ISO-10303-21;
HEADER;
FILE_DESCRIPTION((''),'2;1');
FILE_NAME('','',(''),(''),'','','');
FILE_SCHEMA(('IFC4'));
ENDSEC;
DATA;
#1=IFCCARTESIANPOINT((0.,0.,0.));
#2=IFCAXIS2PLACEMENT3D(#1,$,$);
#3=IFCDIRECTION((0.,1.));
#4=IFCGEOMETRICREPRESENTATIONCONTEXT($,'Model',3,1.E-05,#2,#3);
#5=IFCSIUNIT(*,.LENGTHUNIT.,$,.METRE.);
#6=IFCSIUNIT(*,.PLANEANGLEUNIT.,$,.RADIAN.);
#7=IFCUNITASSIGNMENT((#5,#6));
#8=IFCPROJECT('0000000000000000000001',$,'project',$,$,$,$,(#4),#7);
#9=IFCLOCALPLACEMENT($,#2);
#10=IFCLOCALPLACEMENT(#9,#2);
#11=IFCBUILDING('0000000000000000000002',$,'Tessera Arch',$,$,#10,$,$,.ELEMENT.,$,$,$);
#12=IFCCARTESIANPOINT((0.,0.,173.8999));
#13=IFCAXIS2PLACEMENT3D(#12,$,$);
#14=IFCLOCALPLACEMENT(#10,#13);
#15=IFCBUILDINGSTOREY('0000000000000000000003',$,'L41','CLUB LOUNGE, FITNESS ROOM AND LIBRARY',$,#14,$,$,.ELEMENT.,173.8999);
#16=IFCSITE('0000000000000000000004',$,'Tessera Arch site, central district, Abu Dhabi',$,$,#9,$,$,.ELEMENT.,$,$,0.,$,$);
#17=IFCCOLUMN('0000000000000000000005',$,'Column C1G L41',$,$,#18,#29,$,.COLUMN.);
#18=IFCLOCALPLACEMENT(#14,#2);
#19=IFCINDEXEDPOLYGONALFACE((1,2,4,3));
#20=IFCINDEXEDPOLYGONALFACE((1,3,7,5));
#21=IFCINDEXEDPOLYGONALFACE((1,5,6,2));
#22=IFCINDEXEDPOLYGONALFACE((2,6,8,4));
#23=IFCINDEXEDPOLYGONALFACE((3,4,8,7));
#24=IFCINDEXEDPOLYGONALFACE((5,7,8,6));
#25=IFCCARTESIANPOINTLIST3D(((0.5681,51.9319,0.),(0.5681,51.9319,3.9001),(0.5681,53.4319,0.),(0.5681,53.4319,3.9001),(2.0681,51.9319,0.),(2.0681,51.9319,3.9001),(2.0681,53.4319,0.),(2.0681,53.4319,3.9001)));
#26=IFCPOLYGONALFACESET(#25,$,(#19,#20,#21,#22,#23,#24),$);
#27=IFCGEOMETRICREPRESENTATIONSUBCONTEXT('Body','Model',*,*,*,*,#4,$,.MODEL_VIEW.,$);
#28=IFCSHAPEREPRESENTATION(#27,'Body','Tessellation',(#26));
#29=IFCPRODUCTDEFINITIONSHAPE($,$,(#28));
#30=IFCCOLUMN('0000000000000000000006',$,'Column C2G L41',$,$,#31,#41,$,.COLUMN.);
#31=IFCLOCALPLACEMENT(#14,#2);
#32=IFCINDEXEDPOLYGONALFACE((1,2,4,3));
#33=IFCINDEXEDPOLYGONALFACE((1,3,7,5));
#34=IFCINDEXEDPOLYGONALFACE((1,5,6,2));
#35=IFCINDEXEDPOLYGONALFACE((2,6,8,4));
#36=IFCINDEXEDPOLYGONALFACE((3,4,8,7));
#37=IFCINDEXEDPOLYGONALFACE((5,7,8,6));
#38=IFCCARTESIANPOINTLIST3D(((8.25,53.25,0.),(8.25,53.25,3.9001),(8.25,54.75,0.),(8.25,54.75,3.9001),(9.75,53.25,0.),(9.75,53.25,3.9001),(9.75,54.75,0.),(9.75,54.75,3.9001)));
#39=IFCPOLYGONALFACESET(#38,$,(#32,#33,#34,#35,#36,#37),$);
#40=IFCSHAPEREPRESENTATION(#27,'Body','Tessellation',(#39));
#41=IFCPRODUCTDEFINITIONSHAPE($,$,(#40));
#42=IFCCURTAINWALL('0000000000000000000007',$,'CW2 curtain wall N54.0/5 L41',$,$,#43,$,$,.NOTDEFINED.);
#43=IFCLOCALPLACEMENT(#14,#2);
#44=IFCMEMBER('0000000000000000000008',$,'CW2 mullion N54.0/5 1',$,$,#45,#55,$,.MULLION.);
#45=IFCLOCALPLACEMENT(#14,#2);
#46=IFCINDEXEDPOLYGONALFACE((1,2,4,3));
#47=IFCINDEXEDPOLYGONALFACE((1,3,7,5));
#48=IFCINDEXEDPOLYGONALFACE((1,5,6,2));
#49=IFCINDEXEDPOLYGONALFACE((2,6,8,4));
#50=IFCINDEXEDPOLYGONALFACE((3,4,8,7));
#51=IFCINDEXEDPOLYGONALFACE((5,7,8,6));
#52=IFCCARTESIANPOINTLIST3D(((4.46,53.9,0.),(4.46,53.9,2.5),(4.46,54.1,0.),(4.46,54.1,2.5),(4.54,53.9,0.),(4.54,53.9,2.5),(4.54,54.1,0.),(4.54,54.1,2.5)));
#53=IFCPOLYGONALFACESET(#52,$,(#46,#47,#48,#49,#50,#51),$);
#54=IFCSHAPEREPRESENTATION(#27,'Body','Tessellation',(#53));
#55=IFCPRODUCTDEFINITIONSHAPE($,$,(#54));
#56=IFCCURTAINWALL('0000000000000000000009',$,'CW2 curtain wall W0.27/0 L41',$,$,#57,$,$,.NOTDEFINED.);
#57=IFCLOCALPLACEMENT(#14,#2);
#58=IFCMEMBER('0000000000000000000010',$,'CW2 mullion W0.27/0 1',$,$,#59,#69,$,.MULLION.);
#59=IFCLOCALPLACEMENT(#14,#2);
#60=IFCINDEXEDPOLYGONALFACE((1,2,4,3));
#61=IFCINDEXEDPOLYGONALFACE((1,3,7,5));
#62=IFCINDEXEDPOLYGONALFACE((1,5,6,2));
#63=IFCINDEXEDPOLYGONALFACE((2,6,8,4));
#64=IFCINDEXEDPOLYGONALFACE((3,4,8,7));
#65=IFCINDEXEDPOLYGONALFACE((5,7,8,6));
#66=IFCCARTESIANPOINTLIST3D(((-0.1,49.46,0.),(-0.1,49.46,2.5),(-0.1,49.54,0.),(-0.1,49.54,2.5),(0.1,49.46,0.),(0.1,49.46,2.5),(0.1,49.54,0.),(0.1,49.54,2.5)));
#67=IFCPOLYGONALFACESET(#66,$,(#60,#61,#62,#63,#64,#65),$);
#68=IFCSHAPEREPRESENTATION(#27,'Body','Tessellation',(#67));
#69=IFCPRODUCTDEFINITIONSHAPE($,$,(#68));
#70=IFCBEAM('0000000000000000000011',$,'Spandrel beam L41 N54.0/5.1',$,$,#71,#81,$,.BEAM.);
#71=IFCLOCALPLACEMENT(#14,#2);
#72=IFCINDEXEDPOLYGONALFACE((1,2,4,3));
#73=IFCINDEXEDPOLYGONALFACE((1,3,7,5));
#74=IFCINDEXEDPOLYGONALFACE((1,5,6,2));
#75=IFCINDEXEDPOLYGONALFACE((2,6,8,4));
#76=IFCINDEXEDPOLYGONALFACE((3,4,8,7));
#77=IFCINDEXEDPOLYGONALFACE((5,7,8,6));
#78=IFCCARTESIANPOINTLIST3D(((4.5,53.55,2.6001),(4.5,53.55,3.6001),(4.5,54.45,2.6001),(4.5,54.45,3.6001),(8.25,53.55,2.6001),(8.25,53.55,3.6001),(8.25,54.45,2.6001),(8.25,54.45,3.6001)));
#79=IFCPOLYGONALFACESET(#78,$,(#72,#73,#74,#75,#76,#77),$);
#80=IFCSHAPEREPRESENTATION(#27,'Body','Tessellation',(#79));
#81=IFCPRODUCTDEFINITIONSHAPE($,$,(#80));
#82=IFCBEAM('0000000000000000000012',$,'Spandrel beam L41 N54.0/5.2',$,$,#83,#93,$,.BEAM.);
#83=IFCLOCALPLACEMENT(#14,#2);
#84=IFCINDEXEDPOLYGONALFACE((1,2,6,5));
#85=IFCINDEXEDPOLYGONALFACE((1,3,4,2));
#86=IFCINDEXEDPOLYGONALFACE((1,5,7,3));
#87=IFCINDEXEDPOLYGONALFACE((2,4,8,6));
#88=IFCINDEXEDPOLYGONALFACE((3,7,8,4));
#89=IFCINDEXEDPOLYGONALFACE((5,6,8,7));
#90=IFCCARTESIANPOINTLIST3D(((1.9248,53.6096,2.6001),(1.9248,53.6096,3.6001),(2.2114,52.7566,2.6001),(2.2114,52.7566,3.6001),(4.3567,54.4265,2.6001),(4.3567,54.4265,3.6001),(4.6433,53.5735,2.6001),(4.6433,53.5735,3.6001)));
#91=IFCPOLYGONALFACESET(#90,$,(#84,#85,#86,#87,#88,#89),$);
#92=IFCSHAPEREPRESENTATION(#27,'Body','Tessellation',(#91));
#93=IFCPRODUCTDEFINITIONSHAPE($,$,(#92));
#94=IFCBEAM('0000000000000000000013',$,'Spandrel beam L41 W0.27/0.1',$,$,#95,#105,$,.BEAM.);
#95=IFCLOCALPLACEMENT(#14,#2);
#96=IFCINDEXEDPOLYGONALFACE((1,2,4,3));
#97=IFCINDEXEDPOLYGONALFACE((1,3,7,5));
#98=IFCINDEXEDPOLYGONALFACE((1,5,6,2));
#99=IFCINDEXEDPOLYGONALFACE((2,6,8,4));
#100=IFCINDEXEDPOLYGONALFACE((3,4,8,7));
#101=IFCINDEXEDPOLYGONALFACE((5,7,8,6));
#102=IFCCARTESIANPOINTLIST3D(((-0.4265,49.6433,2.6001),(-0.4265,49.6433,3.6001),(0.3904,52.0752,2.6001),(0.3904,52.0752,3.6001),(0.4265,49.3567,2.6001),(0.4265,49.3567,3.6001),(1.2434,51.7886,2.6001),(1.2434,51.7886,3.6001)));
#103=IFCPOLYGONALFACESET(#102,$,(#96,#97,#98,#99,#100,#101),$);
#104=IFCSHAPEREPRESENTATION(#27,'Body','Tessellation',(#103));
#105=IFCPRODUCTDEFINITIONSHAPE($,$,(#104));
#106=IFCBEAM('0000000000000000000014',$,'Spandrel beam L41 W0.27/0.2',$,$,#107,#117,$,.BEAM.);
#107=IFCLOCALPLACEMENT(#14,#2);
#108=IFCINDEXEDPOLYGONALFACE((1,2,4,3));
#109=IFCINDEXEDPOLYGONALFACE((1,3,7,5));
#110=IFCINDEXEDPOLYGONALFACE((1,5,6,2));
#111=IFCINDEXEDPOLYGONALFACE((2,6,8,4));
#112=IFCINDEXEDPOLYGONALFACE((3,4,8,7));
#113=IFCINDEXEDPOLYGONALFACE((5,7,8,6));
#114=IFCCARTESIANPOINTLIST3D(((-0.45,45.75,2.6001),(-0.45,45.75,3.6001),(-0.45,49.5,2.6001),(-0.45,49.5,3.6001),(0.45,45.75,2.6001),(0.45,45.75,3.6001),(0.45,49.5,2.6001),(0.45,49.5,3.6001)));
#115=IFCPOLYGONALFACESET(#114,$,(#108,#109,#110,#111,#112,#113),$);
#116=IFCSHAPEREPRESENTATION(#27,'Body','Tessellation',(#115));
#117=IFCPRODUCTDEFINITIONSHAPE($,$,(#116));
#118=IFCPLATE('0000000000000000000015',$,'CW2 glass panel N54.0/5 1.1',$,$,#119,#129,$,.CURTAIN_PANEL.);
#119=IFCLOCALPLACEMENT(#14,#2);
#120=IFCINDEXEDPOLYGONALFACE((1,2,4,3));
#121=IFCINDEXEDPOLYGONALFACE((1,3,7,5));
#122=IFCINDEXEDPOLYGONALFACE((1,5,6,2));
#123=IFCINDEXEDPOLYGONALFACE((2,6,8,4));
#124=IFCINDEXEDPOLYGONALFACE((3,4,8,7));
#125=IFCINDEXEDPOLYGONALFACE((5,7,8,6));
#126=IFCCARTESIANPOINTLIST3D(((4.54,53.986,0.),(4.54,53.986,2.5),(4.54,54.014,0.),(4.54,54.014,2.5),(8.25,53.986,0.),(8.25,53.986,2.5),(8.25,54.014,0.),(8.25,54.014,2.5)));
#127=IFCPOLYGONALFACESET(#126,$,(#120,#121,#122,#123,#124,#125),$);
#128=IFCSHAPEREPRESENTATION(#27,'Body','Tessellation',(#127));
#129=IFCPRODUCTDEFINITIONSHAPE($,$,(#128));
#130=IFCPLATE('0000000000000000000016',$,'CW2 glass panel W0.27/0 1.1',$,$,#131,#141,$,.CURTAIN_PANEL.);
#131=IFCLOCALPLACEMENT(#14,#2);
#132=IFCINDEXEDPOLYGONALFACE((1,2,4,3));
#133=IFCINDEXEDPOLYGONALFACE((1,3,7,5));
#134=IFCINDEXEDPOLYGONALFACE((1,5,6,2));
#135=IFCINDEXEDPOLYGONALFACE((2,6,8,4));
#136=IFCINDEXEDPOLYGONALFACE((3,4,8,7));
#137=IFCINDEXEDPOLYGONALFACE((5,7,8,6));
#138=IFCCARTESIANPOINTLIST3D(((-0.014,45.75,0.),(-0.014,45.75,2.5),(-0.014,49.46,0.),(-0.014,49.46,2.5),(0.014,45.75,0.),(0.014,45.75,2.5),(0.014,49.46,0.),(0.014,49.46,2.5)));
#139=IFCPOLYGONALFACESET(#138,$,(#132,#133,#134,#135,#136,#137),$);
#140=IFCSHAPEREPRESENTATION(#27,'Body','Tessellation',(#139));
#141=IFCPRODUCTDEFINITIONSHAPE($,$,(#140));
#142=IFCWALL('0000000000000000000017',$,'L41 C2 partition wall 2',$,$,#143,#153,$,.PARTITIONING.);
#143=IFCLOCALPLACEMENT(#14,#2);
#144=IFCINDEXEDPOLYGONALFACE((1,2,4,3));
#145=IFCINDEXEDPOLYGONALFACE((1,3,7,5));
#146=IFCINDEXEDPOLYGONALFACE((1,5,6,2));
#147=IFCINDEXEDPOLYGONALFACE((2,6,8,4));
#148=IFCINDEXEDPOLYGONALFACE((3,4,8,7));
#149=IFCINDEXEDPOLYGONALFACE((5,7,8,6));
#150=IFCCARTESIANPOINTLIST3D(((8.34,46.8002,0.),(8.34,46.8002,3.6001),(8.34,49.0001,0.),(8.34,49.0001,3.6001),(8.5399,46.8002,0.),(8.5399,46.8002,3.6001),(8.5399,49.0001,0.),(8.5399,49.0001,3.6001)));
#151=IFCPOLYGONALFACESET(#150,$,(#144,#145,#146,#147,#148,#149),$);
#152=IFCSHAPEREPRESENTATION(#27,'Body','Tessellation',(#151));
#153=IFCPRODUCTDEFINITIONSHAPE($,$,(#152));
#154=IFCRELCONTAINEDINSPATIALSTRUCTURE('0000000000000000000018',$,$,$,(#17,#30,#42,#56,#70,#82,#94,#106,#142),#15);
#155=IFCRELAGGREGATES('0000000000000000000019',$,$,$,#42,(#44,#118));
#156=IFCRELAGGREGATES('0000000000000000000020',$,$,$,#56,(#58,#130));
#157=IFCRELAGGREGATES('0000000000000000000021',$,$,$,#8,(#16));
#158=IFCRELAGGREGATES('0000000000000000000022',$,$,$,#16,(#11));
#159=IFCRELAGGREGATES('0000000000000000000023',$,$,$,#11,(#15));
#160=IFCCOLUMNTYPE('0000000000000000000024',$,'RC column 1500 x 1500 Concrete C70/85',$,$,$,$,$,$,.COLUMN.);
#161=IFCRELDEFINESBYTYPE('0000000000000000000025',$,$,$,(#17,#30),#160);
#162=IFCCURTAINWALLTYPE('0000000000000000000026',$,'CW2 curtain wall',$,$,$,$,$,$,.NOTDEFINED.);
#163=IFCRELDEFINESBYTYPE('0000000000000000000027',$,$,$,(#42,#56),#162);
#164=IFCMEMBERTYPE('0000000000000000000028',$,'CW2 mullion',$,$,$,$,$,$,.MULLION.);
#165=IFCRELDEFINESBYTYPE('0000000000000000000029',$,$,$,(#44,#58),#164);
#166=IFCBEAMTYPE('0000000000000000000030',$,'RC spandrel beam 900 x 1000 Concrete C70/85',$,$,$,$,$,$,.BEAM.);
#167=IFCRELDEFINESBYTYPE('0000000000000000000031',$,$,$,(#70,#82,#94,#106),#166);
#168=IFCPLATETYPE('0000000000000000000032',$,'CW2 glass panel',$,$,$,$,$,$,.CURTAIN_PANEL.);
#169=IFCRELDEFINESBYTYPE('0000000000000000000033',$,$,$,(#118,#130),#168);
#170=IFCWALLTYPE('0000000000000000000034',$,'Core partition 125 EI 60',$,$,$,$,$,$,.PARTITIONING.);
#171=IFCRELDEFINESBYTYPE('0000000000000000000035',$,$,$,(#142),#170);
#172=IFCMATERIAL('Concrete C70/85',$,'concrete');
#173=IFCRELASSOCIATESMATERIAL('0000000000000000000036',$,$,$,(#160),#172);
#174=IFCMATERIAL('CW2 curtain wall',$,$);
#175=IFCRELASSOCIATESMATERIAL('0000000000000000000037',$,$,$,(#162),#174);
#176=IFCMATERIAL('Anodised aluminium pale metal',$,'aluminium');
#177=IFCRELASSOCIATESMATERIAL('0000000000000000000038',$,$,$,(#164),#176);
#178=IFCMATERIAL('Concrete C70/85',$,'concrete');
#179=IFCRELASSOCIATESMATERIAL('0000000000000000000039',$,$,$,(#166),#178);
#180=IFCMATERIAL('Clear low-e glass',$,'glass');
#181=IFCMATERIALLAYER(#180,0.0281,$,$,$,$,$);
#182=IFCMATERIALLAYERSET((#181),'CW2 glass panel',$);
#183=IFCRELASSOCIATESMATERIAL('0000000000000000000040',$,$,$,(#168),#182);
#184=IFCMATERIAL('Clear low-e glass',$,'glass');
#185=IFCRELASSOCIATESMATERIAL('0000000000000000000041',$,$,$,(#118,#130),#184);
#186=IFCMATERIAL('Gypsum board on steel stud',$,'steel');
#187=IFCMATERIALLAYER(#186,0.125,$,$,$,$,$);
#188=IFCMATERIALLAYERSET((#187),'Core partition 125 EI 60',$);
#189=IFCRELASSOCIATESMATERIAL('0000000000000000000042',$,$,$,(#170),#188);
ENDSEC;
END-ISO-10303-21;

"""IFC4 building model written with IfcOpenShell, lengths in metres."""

from ifc_helpers import new_model, si_unit, direction, frame, frame_2d, origin, origin_2d, place, context, subcontext, project, spatial, rectangle, extrude, material, layer, layer_set, material_profile, profile_set, type_object, element, aggregate, save


model = new_model("IFC4")

# Units and contexts
model_context = context("Model", 3, precision=1e-05, world=origin(), true_north=direction((0.0, 1.0)))
body_context = subcontext(model_context, "Body", "Model", "MODEL_VIEW")
ifc_project = project(units=[si_unit("LENGTHUNIT", "METRE"), si_unit("PLANEANGLEUNIT", "RADIAN")], contexts=[model_context])

# Site, building, storey
site_placement = place(None, origin())
site = spatial("IfcSite", under=ifc_project, at=site_placement, Name="Tessera Arch site, central district, Abu Dhabi", CompositionType="ELEMENT", RefElevation=0.0)
building_placement = place(site_placement, origin())
building = spatial("IfcBuilding", under=site, at=building_placement, Name="Tessera Arch", CompositionType="ELEMENT")
storey_placement = place(building_placement, frame((0.0, 0.0, 173.8999)))
storey = spatial("IfcBuildingStorey", under=building, at=storey_placement, Name="L41", Description="CLUB LOUNGE, FITNESS ROOM AND LIBRARY", CompositionType="ELEMENT", Elevation=173.8999)

# Columns
ifc_material_1 = material(Name="Concrete C70/85", Category="concrete")
ifc_material_profile_1 = material_profile(ifc_material_1, rectangle(XDim=1.5, YDim=1.5, at=origin_2d()), Name="RC column 1500 x 1500 Concrete C70/85")
ifc_profile_set_1 = profile_set([ifc_material_profile_1], Name="Concrete C70/85")
column_type = type_object("IfcColumnType", Name="RC column 1500 x 1500 Concrete C70/85", PredefinedType="COLUMN", material=ifc_profile_set_1)
for number, where, z_axis, x_axis, name in (
    (1, (1.3181, 52.6819, 0.0), (0.0, 0.0, 1.0), (1.0, 0.0, 0.0), "Column C1G L41"),
    (2, (9.0, 54.0, 0.0), (0.0, 0.0, 1.0), (1.0, 0.0, 0.0), "Column C2G L41"),
):
    element("IfcColumn", number, at=place(storey_placement, frame(where, z_axis=z_axis, x_axis=x_axis)), inside=storey, type_object=column_type, Name=name, PredefinedType="COLUMN", context=body_context, shape_type="SweptSolid", body=[
        extrude(rectangle(XDim=1.5, YDim=1.5, at=origin_2d()), origin(), (0.0, 0.0, 1.0), 3.9001),
    ])

# Curtain walls, members
ifc_material_2 = material(Name="CW2 curtain wall")
curtain_wall_type = type_object("IfcCurtainWallType", Name="CW2 curtain wall", PredefinedType="NOTDEFINED", material=ifc_material_2)
curtain_wall_1_placement = place(storey_placement, origin())
curtain_wall_1 = element("IfcCurtainWall", 3, at=curtain_wall_1_placement, inside=storey, type_object=curtain_wall_type, Name="CW2 curtain wall N54.0/5 L41", PredefinedType="NOTDEFINED")
ifc_material_3 = material(Name="Anodised aluminium pale metal", Category="aluminium")
ifc_material_profile_2 = material_profile(ifc_material_3, rectangle(XDim=0.2, YDim=0.0801, at=origin_2d()), Name="AL 80x200")
ifc_profile_set_2 = profile_set([ifc_material_profile_2], Name="Anodised aluminium pale metal")
member_type = type_object("IfcMemberType", Name="CW2 mullion", PredefinedType="MULLION", material=ifc_profile_set_2)
member_1_placement = place(storey_placement, frame((4.5, 54.0, 0.0), z_axis=(0.0, 0.0, 1.0), x_axis=(0.0, -1.0, 0.0)))
member_1 = element("IfcMember", 4, at=member_1_placement, type_object=member_type, Name="CW2 mullion N54.0/5 1", PredefinedType="MULLION", context=body_context, shape_type="SweptSolid", body=[
    extrude(rectangle(XDim=0.2, YDim=0.0801, at=origin_2d()), origin(), (0.0, 0.0, 1.0), 2.5),
])
curtain_wall_2_placement = place(storey_placement, origin())
curtain_wall_2 = element("IfcCurtainWall", 5, at=curtain_wall_2_placement, inside=storey, type_object=curtain_wall_type, Name="CW2 curtain wall W0.27/0 L41", PredefinedType="NOTDEFINED")
member_2_placement = place(storey_placement, frame((0.0, 49.5, 0.0), z_axis=(0.0, 0.0, 1.0), x_axis=(1.0, 0.0, 0.0)))
member_2 = element("IfcMember", 6, at=member_2_placement, type_object=member_type, Name="CW2 mullion W0.27/0 1", PredefinedType="MULLION", context=body_context, shape_type="SweptSolid", body=[
    extrude(rectangle(XDim=0.2, YDim=0.0801, at=origin_2d()), origin(), (0.0, 0.0, 1.0), 2.5),
])

# Beams
ifc_material_4 = material(Name="Concrete C70/85", Category="concrete")
ifc_material_profile_3 = material_profile(ifc_material_4, rectangle(XDim=0.8999, YDim=1.0, at=origin_2d()), Name="RC spandrel beam 900 x 1000 Concrete C70/85")
ifc_profile_set_3 = profile_set([ifc_material_profile_3], Name="Concrete C70/85")
beam_type = type_object("IfcBeamType", Name="RC spandrel beam 900 x 1000 Concrete C70/85", PredefinedType="BEAM", material=ifc_profile_set_3)
beam_1_placement = place(storey_placement, frame((8.25, 54.0, 3.1001), z_axis=(-1.0, 0.0, 0.0), x_axis=(0.0, -1.0, 0.0)))
element("IfcBeam", 7, at=beam_1_placement, inside=storey, type_object=beam_type, Name="Spandrel beam L41 N54.0/5.1", PredefinedType="BEAM", context=body_context, shape_type="SweptSolid", body=[
    extrude(rectangle(XDim=0.8999, YDim=1.0, at=origin_2d()), origin(), (0.0, 0.0, 1.0), 3.75),
])
for number, where, z_axis, x_axis, name in (
    (8, (4.5, 54.0, 3.1001), (-0.947948, -0.318425, 0.0), (0.318425, -0.947948, 0.0), "Spandrel beam L41 N54.0/5.2"),
    (9, (0.8169, 51.9319, 3.1001), (-0.318425, -0.947948, 0.0), (0.947948, -0.318425, 0.0), "Spandrel beam L41 W0.27/0.1"),
):
    element("IfcBeam", number, at=place(storey_placement, frame(where, z_axis=z_axis, x_axis=x_axis)), inside=storey, type_object=beam_type, Name=name, PredefinedType="BEAM", context=body_context, shape_type="SweptSolid", body=[
        extrude(rectangle(XDim=0.8999, YDim=1.0, at=origin_2d()), origin(), (0.0, 0.0, 1.0), 2.5654),
    ])
beam_2_placement = place(storey_placement, frame((0.0, 49.5, 3.1001), z_axis=(0.0, -1.0, 0.0), x_axis=(1.0, 0.0, 0.0)))
element("IfcBeam", 10, at=beam_2_placement, inside=storey, type_object=beam_type, Name="Spandrel beam L41 W0.27/0.2", PredefinedType="BEAM", context=body_context, shape_type="SweptSolid", body=[
    extrude(rectangle(XDim=0.8999, YDim=1.0, at=origin_2d()), origin(), (0.0, 0.0, 1.0), 3.75),
])

# Plates
ifc_material_5 = material(Name="Clear low-e glass", Category="glass")
ifc_material_6 = material(Name="Clear low-e glass", Category="glass")
ifc_layer_1 = layer(ifc_material_6, 0.0281)
ifc_layer_set_1 = layer_set([ifc_layer_1], Name="CW2 glass panel")
plate_type = type_object("IfcPlateType", Name="CW2 glass panel", PredefinedType="CURTAIN_PANEL", material=ifc_layer_set_1)
plate_1_placement = place(storey_placement, frame((6.395, 54.0, 0.0), z_axis=(0.0, 0.0, 1.0), x_axis=(-1.0, 0.0, 0.0)))
plate_1 = element("IfcPlate", 11, at=plate_1_placement, type_object=plate_type, material=ifc_material_5, Name="CW2 glass panel N54.0/5 1.1", PredefinedType="CURTAIN_PANEL", context=body_context, shape_type="SweptSolid", body=[
    extrude(rectangle(XDim=3.71, YDim=0.0281, at=origin_2d()), origin(), (0.0, 0.0, 1.0), 2.5),
])
aggregate(curtain_wall_1, [member_1, plate_1])
plate_2_placement = place(storey_placement, frame((0.0, 47.605, 0.0), z_axis=(0.0, 0.0, 1.0), x_axis=(0.0, -1.0, 0.0)))
plate_2 = element("IfcPlate", 12, at=plate_2_placement, type_object=plate_type, material=ifc_material_5, Name="CW2 glass panel W0.27/0 1.1", PredefinedType="CURTAIN_PANEL", context=body_context, shape_type="SweptSolid", body=[
    extrude(rectangle(XDim=3.71, YDim=0.0281, at=origin_2d()), origin(), (0.0, 0.0, 1.0), 2.5),
])
aggregate(curtain_wall_2, [member_2, plate_2])

# Wall
ifc_material_7 = material(Name="Gypsum board on steel stud", Category="steel")
ifc_layer_2 = layer(ifc_material_7, 0.125)
ifc_layer_set_2 = layer_set([ifc_layer_2], Name="Core partition 125 EI 60")
wall_type_1 = type_object("IfcWallType", Name="Core partition 125 EI 60", PredefinedType="PARTITIONING", material=ifc_layer_set_2)
wall_1_placement = place(storey_placement, frame((8.4399, 46.8, 0.0), z_axis=(0.0, 0.0, 1.0), x_axis=(0.0, 1.0, 0.0)))
element("IfcWall", 13, at=wall_1_placement, inside=storey, type_object=wall_type_1, Name="L41 C2 partition wall 2", PredefinedType="PARTITIONING", context=body_context, shape_type="SweptSolid", body=[
    extrude(rectangle(XDim=2.2, YDim=0.2, at=frame_2d((1.1001, 0.0))), origin(), (0.0, 0.0, 1.0), 3.6001),
])

save(model, "model.ifc")
